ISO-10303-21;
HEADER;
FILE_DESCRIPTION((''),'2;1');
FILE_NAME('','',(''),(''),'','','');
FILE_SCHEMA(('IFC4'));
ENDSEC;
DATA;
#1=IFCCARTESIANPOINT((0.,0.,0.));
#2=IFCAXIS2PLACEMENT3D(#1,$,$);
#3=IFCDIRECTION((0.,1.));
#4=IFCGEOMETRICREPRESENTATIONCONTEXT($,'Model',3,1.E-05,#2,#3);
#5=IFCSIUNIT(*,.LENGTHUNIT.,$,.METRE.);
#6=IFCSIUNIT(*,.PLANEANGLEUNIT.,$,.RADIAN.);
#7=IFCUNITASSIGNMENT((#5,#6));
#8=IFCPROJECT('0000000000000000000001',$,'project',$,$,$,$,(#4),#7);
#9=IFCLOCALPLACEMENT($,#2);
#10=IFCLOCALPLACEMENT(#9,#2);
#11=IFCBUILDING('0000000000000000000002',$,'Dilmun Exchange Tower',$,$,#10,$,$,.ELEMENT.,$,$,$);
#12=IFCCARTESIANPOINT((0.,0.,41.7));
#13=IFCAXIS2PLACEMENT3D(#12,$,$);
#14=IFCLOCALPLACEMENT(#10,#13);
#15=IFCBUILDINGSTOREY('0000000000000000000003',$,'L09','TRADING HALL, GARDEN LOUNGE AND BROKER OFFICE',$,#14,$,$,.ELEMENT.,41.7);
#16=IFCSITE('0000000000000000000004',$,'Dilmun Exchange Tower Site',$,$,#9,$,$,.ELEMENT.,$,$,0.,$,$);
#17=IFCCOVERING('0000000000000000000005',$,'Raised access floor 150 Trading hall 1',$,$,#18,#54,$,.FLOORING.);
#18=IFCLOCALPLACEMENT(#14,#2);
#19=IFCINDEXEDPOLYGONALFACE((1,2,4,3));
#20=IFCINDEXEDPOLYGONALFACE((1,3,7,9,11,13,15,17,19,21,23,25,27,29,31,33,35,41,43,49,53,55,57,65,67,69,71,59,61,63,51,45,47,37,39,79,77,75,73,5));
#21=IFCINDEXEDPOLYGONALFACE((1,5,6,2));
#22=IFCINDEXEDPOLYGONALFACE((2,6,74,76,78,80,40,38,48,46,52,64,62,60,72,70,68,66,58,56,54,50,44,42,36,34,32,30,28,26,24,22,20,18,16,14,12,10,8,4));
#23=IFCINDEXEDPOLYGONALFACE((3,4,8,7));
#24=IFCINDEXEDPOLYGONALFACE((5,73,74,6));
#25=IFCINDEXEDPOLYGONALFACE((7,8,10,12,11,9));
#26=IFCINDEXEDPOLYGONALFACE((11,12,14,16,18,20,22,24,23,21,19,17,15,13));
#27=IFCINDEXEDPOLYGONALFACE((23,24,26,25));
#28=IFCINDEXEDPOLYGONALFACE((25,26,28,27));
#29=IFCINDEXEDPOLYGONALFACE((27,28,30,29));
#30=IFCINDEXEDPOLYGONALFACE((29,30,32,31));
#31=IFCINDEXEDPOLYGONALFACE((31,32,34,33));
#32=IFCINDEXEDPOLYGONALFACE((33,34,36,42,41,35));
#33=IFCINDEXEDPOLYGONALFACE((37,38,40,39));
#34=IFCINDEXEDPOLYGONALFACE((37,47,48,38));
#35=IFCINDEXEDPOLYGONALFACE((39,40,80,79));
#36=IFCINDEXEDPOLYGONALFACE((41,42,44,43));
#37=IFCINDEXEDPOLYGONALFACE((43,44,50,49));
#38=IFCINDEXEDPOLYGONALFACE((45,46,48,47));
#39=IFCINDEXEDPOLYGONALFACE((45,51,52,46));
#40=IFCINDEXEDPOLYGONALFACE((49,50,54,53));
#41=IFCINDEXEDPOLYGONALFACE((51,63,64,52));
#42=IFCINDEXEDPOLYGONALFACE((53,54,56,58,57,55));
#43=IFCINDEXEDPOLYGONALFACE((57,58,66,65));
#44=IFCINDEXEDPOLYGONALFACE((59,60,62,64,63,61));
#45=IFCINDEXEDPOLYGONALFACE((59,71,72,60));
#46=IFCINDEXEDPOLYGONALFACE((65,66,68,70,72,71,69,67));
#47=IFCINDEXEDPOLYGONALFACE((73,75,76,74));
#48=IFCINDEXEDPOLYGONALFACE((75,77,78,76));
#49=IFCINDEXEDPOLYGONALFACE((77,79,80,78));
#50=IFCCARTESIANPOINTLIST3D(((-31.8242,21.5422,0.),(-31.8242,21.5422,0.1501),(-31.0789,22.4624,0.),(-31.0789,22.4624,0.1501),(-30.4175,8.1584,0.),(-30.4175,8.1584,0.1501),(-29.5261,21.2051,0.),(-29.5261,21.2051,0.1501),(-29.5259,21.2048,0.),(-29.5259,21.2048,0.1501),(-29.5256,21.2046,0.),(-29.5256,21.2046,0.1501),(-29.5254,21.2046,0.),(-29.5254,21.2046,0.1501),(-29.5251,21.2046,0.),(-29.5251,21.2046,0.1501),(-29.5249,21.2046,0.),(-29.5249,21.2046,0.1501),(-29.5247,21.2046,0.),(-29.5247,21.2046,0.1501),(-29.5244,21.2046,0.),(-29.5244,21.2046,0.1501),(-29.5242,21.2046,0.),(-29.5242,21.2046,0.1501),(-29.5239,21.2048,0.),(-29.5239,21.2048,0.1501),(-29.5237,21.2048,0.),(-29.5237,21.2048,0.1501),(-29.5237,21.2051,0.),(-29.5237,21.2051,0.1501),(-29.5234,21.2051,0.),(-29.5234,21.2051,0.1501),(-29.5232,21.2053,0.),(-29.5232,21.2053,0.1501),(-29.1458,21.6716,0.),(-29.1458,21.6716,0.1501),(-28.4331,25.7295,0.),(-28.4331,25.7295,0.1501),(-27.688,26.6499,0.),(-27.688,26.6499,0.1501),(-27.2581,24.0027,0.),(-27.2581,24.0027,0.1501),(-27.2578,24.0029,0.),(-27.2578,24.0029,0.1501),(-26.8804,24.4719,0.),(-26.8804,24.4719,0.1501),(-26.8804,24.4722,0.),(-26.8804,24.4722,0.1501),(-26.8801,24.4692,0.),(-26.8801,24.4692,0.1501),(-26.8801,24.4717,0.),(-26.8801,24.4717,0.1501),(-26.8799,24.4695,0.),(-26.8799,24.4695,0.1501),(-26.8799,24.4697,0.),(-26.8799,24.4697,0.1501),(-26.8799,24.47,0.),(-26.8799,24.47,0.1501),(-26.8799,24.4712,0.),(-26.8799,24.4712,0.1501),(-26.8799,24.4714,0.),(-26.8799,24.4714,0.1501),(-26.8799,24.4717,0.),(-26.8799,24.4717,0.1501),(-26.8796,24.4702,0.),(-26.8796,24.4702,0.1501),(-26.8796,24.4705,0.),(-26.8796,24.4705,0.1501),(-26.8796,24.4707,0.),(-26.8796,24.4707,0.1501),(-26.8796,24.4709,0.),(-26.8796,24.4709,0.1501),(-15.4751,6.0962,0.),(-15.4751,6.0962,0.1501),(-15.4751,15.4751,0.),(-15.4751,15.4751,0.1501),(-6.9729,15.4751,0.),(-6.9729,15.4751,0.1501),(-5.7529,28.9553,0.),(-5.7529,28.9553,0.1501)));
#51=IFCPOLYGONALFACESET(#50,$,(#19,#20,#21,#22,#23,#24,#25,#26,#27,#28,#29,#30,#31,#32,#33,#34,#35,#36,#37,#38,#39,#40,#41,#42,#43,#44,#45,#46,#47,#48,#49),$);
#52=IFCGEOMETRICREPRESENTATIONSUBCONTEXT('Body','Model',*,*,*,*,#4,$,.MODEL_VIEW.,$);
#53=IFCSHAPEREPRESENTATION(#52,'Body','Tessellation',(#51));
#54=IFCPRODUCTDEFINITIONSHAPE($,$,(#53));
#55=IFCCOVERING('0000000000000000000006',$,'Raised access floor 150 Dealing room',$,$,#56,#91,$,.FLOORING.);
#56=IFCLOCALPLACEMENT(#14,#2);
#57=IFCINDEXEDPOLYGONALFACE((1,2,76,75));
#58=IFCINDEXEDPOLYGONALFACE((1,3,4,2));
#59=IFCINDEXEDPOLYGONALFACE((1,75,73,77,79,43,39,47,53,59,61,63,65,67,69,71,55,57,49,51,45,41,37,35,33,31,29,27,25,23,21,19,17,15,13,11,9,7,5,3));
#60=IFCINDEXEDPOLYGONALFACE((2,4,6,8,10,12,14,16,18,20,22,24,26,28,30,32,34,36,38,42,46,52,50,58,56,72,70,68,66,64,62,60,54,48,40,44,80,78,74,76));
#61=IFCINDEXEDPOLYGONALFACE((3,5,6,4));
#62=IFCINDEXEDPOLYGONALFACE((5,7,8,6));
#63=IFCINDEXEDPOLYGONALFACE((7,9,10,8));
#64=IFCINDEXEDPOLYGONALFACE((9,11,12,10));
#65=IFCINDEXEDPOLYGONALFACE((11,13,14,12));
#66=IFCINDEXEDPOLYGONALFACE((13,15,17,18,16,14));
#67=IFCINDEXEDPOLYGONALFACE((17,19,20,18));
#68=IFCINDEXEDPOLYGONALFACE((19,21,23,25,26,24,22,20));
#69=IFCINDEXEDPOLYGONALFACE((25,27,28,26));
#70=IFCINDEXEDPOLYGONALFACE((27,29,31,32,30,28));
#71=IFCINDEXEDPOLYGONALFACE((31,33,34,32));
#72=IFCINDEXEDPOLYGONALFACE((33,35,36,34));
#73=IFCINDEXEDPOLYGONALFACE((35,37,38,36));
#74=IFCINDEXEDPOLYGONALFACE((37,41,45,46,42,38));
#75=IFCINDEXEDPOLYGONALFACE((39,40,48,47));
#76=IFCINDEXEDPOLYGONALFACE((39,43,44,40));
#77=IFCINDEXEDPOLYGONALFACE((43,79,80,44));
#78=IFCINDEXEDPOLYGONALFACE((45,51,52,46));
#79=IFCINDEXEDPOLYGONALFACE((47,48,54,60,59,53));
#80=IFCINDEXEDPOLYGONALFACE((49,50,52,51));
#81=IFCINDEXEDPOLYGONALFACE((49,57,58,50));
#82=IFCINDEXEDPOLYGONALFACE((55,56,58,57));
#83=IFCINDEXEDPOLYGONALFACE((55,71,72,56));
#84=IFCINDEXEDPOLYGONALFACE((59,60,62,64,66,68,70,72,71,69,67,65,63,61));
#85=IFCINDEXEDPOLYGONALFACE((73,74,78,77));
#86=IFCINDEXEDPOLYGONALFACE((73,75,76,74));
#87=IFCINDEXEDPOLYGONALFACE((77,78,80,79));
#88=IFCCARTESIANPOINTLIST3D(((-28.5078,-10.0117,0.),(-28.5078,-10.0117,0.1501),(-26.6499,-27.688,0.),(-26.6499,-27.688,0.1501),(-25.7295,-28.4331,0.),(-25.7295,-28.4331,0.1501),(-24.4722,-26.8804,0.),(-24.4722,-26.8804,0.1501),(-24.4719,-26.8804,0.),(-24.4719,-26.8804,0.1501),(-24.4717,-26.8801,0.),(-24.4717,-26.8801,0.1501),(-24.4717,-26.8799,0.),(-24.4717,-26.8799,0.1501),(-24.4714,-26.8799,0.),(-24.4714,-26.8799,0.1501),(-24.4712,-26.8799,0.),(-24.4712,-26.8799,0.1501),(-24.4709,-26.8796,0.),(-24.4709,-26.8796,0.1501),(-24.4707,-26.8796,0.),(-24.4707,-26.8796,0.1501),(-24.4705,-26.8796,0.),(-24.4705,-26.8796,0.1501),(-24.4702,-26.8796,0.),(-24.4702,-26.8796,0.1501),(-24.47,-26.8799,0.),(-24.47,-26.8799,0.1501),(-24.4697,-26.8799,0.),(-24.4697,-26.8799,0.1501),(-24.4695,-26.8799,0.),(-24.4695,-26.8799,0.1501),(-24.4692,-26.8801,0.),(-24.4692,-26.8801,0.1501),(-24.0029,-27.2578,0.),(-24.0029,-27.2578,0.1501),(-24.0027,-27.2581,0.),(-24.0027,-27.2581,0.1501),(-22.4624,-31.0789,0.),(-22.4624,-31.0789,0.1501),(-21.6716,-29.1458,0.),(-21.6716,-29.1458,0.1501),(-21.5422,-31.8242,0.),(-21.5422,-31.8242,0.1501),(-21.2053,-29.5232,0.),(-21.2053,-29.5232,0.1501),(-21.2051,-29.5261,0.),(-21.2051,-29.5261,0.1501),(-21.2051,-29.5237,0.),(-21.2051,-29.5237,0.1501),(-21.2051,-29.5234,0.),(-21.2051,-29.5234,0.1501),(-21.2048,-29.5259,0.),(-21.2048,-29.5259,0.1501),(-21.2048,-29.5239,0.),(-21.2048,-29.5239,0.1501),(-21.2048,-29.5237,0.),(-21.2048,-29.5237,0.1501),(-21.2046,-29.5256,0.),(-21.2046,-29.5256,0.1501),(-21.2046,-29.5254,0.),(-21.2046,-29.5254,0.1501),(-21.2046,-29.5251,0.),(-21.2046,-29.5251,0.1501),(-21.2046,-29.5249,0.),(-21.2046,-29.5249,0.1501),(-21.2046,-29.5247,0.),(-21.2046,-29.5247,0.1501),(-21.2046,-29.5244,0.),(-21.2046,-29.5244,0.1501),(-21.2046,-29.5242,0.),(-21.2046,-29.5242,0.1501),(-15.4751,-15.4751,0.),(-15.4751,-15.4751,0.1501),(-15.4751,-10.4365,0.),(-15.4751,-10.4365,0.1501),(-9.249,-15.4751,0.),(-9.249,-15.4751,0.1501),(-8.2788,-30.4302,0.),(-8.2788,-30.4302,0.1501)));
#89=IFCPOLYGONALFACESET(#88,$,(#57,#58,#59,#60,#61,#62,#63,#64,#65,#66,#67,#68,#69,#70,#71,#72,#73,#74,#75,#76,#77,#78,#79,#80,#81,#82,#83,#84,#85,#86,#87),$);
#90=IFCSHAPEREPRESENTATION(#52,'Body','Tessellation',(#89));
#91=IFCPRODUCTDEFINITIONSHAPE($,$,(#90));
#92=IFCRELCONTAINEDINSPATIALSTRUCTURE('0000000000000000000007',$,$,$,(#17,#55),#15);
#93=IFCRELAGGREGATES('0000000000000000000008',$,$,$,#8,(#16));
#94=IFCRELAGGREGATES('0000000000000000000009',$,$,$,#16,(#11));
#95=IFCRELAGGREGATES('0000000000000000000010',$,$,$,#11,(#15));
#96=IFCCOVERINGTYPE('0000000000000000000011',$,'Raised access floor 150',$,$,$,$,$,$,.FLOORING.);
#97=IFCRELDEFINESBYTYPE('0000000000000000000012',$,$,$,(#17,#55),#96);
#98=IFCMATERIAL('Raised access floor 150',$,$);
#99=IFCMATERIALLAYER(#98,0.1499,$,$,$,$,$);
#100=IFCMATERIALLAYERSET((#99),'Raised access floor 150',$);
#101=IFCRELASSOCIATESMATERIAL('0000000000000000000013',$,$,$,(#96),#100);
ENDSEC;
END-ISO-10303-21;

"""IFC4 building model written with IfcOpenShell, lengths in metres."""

from ifc_helpers import new_model, si_unit, direction, frame, origin, place, context, subcontext, project, spatial, polyline, outline, extrude, material, layer, layer_set, type_object, element, save


model = new_model("IFC4")

# Units and contexts
model_context = context("Model", 3, precision=1e-05, world=origin(), true_north=direction((0.0, 1.0)))
body_context = subcontext(model_context, "Body", "Model", "MODEL_VIEW")
ifc_project = project(units=[si_unit("LENGTHUNIT", "METRE"), si_unit("PLANEANGLEUNIT", "RADIAN")], contexts=[model_context])

# Site, building, storey
site_placement = place(None, origin())
site = spatial("IfcSite", under=ifc_project, at=site_placement, Name="Dilmun Exchange Tower Site", CompositionType="ELEMENT", RefElevation=0.0)
building_placement = place(site_placement, origin())
building = spatial("IfcBuilding", under=site, at=building_placement, Name="Dilmun Exchange Tower", CompositionType="ELEMENT")
storey_placement = place(building_placement, frame((0.0, 0.0, 41.7)))
storey = spatial("IfcBuildingStorey", under=building, at=storey_placement, Name="L09", Description="TRADING HALL, GARDEN LOUNGE AND BROKER OFFICE", CompositionType="ELEMENT", Elevation=41.7)

# Coverings
ifc_material_1 = material(Name="Raised access floor 150")
ifc_layer_1 = layer(ifc_material_1, 0.1499)
ifc_layer_set_1 = layer_set([ifc_layer_1], Name="Raised access floor 150")
covering_type_1 = type_object("IfcCoveringType", Name="Raised access floor 150", PredefinedType="FLOORING", material=ifc_layer_set_1)
covering_1_placement = place(storey_placement, origin())
element("IfcCovering", 1, at=covering_1_placement, inside=storey, type_object=covering_type_1, Name="Raised access floor 150 Trading hall 1", PredefinedType="FLOORING", context=body_context, shape_type="SweptSolid", body=[
    extrude(outline(polyline([(-6.9729, 15.4751), (-15.4751, 15.4751), (-15.4751, 6.0962), (-30.4175, 8.1584), (-31.8242, 21.5422), (-31.0789, 22.4624), (-29.5261, 21.2051), (-29.5259, 21.2048), (-29.5259, 21.2048), (-29.5256, 21.2046), (-29.5254, 21.2046), (-29.5254, 21.2046), (-29.5251, 21.2046), (-29.5249, 21.2046), (-29.5247, 21.2046), (-29.5244, 21.2046), (-29.5244, 21.2046), (-29.5242, 21.2046), (-29.5239, 21.2048), (-29.5237, 21.2048), (-29.5237, 21.2051), (-29.5234, 21.2051), (-29.5232, 21.2053), (-29.1458, 21.6716), (-29.1458, 21.6716), (-27.2581, 24.0027), (-27.2581, 24.0027), (-27.2578, 24.0029), (-27.2578, 24.0029), (-26.8801, 24.4692), (-26.8799, 24.4695), (-26.8799, 24.4695), (-26.8799, 24.4697), (-26.8799, 24.47), (-26.8796, 24.4702), (-26.8796, 24.4705), (-26.8796, 24.4707), (-26.8796, 24.4707), (-26.8796, 24.4709), (-26.8799, 24.4712), (-26.8799, 24.4712), (-26.8799, 24.4714), (-26.8799, 24.4717), (-26.8801, 24.4717), (-26.8804, 24.4719), (-26.8804, 24.4722), (-28.4331, 25.7295), (-27.688, 26.6499), (-5.7529, 28.9553), (-6.9729, 15.4751)])), origin(), (0.0, 0.0, 1.0), 0.1501),
])
covering_2_placement = place(storey_placement, origin())
element("IfcCovering", 2, at=covering_2_placement, inside=storey, type_object=covering_type_1, Name="Raised access floor 150 Dealing room", PredefinedType="FLOORING", context=body_context, shape_type="SweptSolid", body=[
    extrude(outline(polyline([(-15.4751, -10.4365), (-15.4751, -15.4751), (-9.249, -15.4751), (-8.2788, -30.4302), (-21.5422, -31.8242), (-22.4624, -31.0789), (-21.2051, -29.5261), (-21.2048, -29.5259), (-21.2048, -29.5259), (-21.2046, -29.5256), (-21.2046, -29.5254), (-21.2046, -29.5254), (-21.2046, -29.5251), (-21.2046, -29.5249), (-21.2046, -29.5247), (-21.2046, -29.5244), (-21.2046, -29.5244), (-21.2046, -29.5242), (-21.2048, -29.5239), (-21.2048, -29.5237), (-21.2051, -29.5237), (-21.2051, -29.5234), (-21.2053, -29.5232), (-21.6716, -29.1458), (-21.6716, -29.1458), (-24.0027, -27.2581), (-24.0027, -27.2581), (-24.0029, -27.2578), (-24.0029, -27.2578), (-24.4692, -26.8801), (-24.4695, -26.8799), (-24.4695, -26.8799), (-24.4697, -26.8799), (-24.47, -26.8799), (-24.4702, -26.8796), (-24.4705, -26.8796), (-24.4707, -26.8796), (-24.4707, -26.8796), (-24.4709, -26.8796), (-24.4712, -26.8799), (-24.4712, -26.8799), (-24.4714, -26.8799), (-24.4717, -26.8799), (-24.4717, -26.8801), (-24.4719, -26.8804), (-24.4722, -26.8804), (-25.7295, -28.4331), (-26.6499, -27.688), (-28.5078, -10.0117), (-15.4751, -10.4365)])), origin(), (0.0, 0.0, 1.0), 0.1501),
])

save(model, "model.ifc")
